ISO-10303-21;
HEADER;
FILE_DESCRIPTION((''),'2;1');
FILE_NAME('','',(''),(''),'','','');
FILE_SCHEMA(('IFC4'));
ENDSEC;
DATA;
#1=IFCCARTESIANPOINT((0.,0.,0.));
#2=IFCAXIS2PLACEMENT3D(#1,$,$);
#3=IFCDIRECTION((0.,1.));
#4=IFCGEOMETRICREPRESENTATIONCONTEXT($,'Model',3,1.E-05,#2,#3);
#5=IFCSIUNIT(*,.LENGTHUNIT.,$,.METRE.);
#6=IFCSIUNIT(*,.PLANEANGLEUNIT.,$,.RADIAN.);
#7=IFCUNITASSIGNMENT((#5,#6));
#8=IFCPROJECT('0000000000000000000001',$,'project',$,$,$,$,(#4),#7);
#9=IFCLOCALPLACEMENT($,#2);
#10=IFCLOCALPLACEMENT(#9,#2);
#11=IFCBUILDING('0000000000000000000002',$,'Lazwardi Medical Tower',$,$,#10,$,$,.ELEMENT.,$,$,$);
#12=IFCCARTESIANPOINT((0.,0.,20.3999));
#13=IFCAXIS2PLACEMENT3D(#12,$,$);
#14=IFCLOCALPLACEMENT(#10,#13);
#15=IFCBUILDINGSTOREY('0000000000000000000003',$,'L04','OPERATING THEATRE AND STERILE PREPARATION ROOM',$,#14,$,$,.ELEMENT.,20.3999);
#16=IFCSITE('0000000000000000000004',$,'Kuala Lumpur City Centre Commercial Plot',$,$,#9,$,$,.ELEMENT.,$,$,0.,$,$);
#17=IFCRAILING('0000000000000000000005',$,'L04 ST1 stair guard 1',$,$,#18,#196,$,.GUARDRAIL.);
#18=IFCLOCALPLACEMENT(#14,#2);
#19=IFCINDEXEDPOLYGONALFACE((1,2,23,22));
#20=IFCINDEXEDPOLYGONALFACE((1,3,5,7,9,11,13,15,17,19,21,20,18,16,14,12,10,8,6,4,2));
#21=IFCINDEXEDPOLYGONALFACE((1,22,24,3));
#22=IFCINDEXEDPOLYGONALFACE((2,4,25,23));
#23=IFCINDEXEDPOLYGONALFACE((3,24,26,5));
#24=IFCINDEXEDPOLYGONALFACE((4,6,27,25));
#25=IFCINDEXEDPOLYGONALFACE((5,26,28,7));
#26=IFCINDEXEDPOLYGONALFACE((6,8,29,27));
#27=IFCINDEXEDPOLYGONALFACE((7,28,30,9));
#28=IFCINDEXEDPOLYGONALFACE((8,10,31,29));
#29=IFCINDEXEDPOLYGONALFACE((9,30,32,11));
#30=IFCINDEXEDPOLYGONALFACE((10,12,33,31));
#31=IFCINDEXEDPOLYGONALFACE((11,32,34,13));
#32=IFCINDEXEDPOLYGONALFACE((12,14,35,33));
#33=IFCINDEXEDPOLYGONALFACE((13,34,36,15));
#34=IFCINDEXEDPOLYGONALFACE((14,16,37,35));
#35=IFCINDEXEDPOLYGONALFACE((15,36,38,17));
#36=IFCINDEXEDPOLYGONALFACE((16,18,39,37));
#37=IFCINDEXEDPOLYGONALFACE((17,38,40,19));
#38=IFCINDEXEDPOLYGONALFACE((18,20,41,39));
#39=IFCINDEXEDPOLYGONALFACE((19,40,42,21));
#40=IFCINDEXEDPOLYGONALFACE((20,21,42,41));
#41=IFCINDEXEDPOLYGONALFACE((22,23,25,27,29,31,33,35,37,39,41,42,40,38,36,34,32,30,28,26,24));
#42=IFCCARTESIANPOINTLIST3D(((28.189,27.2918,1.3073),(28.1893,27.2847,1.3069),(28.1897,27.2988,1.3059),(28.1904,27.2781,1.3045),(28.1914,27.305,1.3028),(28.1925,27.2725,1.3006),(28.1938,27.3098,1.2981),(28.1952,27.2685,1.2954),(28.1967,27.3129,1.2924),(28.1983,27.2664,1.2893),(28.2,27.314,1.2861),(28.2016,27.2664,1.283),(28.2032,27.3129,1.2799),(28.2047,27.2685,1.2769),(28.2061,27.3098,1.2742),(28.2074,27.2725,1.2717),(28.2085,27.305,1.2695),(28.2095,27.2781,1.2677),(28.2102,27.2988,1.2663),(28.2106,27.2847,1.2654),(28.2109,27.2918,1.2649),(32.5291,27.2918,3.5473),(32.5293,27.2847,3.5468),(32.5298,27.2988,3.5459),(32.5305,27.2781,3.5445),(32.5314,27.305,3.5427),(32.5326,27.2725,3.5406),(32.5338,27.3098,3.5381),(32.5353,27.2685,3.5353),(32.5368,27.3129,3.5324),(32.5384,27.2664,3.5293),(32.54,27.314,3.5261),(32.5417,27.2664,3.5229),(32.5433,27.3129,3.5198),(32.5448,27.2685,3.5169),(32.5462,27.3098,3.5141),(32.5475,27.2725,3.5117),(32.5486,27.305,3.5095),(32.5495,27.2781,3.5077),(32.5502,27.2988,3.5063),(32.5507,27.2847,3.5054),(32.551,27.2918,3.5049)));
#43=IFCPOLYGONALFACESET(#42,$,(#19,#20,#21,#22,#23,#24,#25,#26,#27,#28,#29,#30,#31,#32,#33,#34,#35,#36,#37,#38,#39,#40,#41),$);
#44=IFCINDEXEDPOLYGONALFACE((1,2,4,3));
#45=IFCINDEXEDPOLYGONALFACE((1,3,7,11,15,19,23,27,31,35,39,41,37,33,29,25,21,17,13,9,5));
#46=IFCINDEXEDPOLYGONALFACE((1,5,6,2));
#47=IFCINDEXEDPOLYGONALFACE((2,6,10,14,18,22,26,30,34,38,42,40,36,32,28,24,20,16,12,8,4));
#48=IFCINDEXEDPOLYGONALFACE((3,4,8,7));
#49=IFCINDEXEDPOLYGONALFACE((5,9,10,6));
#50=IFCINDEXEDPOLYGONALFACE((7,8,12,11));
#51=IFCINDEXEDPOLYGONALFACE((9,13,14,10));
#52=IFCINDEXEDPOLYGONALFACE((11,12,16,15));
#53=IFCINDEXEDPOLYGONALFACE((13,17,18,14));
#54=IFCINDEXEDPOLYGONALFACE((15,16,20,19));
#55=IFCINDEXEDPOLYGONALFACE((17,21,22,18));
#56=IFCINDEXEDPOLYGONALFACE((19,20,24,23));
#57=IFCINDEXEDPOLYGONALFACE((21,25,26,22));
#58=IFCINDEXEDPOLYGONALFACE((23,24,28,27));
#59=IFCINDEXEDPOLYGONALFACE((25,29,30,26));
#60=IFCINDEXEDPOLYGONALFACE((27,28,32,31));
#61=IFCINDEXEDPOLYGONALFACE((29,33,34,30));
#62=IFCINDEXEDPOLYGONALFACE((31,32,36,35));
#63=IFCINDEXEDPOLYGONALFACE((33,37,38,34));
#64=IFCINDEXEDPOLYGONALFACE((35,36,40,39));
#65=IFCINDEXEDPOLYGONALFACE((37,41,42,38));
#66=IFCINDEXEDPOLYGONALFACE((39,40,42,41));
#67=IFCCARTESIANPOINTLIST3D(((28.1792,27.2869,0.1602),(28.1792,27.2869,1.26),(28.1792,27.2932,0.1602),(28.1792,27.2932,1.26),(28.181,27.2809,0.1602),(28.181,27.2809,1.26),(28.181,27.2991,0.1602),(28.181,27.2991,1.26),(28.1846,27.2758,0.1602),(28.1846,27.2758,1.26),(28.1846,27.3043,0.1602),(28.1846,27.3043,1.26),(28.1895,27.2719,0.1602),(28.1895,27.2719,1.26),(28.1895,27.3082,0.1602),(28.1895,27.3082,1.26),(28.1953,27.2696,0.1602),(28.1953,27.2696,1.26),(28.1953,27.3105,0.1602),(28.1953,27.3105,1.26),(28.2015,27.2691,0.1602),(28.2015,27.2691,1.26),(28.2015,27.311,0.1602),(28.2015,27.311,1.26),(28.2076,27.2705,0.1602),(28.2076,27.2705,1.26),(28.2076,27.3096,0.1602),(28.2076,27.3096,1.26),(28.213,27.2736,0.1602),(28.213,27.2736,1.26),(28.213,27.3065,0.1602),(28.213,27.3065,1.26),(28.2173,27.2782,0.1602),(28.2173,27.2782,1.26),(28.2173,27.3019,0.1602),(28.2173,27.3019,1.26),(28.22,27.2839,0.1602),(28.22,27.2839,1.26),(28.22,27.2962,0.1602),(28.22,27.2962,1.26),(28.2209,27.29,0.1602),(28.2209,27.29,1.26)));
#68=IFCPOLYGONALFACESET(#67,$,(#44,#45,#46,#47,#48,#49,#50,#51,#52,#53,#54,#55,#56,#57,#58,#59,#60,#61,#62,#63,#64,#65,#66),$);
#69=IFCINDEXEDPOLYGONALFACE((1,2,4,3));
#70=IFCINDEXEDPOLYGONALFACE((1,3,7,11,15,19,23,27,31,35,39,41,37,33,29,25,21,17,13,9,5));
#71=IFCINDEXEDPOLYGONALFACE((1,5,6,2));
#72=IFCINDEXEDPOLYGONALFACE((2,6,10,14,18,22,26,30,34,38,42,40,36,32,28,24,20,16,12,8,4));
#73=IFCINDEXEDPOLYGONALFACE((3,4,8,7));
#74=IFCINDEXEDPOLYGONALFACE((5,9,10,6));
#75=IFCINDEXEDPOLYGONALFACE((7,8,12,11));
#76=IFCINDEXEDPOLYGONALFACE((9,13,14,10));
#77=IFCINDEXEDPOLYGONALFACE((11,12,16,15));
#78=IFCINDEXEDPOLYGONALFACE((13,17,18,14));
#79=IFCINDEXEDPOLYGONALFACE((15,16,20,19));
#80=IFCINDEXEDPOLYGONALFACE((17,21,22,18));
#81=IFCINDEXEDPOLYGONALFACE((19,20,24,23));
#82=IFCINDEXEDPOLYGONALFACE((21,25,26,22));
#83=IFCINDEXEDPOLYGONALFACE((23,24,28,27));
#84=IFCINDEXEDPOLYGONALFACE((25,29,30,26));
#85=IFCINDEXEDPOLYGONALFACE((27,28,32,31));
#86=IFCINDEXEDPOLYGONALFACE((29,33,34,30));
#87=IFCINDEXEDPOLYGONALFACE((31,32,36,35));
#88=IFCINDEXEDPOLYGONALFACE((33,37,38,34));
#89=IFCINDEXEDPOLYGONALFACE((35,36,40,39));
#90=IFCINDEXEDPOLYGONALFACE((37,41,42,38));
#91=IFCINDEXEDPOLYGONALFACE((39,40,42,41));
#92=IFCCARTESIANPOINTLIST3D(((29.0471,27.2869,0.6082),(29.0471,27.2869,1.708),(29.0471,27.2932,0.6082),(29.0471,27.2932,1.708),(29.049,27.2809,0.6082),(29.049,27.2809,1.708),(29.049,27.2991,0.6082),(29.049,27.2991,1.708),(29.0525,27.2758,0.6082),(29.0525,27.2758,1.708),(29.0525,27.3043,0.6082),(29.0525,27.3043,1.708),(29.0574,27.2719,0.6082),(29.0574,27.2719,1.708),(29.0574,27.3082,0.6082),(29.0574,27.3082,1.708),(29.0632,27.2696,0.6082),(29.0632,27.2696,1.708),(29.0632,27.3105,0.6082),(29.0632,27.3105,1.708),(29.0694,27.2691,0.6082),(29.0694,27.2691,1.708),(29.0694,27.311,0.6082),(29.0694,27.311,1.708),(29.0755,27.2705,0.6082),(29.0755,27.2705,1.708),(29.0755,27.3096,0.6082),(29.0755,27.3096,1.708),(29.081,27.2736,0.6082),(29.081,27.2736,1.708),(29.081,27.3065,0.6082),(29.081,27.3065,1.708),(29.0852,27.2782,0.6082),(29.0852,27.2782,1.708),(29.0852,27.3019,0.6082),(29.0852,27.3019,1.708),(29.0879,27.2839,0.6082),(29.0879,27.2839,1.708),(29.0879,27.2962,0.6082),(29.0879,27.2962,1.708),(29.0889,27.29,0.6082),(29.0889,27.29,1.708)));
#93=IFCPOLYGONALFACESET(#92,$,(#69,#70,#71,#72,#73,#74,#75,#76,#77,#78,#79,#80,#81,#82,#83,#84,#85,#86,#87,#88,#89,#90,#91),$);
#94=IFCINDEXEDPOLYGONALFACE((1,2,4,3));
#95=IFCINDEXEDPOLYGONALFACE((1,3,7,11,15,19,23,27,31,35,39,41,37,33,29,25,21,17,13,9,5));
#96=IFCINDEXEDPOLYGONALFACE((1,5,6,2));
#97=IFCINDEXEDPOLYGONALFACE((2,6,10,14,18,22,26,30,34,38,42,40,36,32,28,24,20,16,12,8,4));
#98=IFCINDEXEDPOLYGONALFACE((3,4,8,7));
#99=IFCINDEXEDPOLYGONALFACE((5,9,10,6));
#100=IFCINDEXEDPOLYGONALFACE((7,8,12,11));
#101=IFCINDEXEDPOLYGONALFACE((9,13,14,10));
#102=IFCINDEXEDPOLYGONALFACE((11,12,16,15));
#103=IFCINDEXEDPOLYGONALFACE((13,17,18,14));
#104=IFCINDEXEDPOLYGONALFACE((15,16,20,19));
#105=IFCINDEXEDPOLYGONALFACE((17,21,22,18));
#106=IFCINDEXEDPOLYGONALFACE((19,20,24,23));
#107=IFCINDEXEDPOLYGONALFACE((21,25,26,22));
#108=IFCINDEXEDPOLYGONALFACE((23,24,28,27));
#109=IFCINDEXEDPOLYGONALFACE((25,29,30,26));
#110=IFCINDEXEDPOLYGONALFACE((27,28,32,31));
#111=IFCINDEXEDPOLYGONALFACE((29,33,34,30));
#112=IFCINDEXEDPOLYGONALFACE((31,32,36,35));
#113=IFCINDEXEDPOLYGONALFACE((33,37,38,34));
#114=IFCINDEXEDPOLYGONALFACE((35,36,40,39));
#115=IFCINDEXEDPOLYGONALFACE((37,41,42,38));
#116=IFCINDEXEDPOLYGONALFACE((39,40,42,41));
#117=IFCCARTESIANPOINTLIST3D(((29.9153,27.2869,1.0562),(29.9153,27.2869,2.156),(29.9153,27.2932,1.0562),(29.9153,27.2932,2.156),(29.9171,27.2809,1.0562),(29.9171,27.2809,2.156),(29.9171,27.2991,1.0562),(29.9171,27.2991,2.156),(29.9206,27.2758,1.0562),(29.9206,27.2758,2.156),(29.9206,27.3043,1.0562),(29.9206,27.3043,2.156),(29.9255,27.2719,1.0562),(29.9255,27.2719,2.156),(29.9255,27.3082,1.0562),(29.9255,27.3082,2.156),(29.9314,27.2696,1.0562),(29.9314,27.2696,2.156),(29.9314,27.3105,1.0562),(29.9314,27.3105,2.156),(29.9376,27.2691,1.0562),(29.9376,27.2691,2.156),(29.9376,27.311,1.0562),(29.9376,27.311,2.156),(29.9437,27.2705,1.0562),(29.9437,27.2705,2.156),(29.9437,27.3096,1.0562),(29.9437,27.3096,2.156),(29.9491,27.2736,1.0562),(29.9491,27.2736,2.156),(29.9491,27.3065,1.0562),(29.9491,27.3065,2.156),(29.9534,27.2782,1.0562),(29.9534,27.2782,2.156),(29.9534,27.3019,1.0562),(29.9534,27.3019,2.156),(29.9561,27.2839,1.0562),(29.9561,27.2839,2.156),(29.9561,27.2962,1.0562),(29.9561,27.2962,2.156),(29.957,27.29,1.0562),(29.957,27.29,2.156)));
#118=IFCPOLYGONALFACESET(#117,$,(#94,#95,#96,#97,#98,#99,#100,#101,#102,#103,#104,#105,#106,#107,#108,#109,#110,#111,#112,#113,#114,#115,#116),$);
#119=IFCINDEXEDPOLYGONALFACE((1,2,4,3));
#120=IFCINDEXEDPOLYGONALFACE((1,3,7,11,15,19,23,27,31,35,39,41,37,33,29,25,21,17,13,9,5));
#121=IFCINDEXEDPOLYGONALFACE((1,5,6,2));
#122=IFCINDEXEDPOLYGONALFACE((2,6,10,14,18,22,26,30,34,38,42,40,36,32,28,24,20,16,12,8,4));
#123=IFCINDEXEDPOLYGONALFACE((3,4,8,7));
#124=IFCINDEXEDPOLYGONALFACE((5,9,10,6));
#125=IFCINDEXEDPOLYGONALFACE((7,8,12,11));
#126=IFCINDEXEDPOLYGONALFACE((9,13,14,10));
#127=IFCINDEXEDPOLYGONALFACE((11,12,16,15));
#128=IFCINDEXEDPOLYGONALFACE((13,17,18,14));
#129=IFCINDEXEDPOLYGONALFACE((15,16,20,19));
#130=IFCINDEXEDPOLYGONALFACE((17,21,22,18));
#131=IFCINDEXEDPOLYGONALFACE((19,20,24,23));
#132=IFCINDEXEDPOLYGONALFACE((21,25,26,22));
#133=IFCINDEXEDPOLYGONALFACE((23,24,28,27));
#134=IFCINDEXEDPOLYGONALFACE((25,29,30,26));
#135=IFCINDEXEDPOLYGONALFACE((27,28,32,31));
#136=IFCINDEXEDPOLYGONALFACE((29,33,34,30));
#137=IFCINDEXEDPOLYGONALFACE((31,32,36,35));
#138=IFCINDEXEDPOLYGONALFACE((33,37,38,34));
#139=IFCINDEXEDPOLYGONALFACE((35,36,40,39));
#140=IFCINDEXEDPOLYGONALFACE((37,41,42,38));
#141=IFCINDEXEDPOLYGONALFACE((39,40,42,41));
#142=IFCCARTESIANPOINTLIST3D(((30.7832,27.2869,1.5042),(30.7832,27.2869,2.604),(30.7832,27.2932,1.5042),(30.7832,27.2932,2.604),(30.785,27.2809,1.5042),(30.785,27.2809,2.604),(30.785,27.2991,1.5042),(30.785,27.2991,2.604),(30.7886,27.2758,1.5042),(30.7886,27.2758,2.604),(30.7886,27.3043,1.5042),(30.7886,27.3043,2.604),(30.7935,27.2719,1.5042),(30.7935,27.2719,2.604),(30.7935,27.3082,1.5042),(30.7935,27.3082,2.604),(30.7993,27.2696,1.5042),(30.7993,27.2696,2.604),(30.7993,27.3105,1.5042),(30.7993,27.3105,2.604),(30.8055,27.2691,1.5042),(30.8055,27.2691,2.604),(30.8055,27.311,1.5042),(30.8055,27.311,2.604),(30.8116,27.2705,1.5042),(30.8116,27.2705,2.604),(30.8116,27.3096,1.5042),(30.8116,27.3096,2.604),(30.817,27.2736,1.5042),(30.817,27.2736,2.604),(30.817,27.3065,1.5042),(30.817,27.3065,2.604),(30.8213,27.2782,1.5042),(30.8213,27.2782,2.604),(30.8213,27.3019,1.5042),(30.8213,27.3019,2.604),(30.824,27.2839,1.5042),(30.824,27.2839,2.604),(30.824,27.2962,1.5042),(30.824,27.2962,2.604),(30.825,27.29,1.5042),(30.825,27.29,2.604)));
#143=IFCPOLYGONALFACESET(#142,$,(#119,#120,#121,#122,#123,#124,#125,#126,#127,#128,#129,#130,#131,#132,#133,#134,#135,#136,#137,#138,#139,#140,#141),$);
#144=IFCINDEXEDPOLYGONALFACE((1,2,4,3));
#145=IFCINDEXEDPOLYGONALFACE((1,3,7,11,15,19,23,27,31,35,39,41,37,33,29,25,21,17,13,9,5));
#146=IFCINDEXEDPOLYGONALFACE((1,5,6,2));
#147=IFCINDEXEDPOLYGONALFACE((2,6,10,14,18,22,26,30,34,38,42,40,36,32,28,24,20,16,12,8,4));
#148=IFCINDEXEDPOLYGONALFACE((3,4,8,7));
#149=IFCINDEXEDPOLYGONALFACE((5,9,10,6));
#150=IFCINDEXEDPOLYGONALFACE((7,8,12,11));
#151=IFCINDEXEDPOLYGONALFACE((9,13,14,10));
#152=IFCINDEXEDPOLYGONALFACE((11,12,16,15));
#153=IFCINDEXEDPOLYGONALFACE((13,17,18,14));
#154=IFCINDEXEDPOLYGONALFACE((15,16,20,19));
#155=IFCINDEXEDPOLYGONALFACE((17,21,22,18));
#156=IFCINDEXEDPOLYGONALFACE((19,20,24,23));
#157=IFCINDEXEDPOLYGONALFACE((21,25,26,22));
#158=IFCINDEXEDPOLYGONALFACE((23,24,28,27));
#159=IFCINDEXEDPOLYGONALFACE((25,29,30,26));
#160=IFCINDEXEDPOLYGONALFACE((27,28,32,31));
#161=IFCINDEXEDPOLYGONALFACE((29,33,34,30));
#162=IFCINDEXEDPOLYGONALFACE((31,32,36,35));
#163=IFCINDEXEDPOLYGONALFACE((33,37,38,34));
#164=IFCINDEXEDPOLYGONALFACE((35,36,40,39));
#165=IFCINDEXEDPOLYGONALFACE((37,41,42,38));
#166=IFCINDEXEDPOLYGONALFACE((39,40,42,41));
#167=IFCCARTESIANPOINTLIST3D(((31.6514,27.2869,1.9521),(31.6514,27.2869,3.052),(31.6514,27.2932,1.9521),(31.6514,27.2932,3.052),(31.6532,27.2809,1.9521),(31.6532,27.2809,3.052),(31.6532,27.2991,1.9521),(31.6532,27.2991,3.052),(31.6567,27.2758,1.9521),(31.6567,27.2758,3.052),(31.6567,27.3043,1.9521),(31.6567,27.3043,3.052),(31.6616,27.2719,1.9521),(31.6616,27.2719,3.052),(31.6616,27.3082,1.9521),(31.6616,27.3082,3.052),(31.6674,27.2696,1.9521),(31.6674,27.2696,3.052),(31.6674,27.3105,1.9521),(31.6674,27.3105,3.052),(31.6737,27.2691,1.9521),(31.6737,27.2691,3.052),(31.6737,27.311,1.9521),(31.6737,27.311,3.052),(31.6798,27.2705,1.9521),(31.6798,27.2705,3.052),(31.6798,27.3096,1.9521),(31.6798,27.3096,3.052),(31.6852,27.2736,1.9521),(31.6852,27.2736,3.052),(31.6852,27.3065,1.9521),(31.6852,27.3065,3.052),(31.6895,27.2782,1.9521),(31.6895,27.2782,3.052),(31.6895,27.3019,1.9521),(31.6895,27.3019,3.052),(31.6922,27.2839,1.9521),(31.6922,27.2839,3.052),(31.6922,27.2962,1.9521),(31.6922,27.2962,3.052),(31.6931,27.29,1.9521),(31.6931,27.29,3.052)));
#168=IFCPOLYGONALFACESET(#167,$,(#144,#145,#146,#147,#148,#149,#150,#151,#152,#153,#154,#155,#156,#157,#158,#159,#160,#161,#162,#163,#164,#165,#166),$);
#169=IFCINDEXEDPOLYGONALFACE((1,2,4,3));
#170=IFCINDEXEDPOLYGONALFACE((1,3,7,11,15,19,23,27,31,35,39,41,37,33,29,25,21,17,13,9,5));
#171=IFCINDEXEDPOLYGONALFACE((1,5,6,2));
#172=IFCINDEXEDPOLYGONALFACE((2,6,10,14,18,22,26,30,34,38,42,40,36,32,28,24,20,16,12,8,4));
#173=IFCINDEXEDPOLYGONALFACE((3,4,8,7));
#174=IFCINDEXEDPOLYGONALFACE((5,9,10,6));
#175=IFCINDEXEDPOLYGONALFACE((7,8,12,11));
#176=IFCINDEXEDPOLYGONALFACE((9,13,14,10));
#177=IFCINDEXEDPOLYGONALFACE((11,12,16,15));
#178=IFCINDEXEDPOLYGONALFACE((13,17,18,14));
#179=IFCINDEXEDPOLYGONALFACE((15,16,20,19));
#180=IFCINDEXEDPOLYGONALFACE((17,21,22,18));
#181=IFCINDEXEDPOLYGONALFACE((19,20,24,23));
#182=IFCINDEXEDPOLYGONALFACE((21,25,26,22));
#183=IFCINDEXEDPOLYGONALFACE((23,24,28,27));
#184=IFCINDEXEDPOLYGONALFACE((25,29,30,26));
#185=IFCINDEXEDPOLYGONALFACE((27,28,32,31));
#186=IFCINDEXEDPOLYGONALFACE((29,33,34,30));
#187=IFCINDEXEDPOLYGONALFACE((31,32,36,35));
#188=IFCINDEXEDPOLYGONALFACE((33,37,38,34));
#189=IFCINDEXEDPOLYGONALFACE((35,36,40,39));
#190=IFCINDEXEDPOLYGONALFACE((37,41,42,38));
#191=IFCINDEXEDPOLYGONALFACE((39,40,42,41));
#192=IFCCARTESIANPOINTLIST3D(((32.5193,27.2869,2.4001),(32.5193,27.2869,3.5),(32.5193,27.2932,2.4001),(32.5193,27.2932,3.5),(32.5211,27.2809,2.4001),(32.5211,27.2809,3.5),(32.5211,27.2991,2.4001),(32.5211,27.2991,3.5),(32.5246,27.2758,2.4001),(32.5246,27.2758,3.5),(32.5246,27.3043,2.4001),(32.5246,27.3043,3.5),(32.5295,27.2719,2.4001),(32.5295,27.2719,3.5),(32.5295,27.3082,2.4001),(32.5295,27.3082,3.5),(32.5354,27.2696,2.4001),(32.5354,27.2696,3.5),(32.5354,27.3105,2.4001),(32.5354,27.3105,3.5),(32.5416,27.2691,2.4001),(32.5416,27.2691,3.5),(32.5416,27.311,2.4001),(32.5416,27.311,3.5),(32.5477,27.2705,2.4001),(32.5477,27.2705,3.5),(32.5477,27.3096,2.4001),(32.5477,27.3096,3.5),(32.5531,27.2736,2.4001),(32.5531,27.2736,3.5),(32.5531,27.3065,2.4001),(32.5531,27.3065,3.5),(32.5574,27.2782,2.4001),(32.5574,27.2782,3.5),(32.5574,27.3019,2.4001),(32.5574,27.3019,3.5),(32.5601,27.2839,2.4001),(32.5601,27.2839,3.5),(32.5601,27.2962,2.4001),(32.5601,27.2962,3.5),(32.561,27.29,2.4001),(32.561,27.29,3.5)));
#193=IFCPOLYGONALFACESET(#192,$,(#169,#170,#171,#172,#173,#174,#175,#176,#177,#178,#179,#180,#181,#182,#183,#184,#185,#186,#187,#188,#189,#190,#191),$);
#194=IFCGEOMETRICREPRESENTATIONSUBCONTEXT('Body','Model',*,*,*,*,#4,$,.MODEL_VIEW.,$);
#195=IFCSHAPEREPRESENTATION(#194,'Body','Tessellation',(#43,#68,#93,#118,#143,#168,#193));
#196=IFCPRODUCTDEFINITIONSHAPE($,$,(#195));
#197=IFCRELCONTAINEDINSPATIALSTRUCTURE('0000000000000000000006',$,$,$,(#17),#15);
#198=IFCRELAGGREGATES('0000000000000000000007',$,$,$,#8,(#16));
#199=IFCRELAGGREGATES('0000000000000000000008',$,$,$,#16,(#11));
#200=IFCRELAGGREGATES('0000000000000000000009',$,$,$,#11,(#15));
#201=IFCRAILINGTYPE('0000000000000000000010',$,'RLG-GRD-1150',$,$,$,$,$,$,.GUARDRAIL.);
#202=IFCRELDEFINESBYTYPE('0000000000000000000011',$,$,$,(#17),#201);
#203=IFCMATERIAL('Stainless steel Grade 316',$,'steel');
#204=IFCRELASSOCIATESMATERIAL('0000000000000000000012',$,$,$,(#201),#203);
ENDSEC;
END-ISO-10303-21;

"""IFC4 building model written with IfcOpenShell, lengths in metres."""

from ifc_helpers import new_model, si_unit, direction, frame, origin, origin_2d, place, context, subcontext, project, spatial, circle, extrude, material, type_object, element, save


model = new_model("IFC4")

# Units and contexts
model_context = context("Model", 3, precision=1e-05, world=origin(), true_north=direction((0.0, 1.0)))
body_context = subcontext(model_context, "Body", "Model", "MODEL_VIEW")
ifc_project = project(units=[si_unit("LENGTHUNIT", "METRE"), si_unit("PLANEANGLEUNIT", "RADIAN")], contexts=[model_context])

# Site, building, storey
site_placement = place(None, origin())
site = spatial("IfcSite", under=ifc_project, at=site_placement, Name="Kuala Lumpur City Centre Commercial Plot", CompositionType="ELEMENT", RefElevation=0.0)
building_placement = place(site_placement, origin())
building = spatial("IfcBuilding", under=site, at=building_placement, Name="Lazwardi Medical Tower", CompositionType="ELEMENT")
storey_placement = place(building_placement, frame((0.0, 0.0, 20.3999)))
storey = spatial("IfcBuildingStorey", under=building, at=storey_placement, Name="L04", Description="OPERATING THEATRE AND STERILE PREPARATION ROOM", CompositionType="ELEMENT", Elevation=20.3999)

# Railing
ifc_material_1 = material(Name="Stainless steel Grade 316", Category="steel")
railing_type_1 = type_object("IfcRailingType", Name="RLG-GRD-1150", PredefinedType="GUARDRAIL", material=ifc_material_1)
railing_1_placement = place(storey_placement, frame((28.2, 27.29, 0.1602)))
element("IfcRailing", 1, at=railing_1_placement, inside=storey, type_object=railing_type_1, Name="L04 ST1 stair guard 1", PredefinedType="GUARDRAIL", context=body_context, shape_type="SweptSolid", body=[
    extrude(circle(Radius=0.0239, at=origin_2d()), frame((0.0, 0.0, 1.126), z_axis=(0.888625, 0.0, 0.458634), x_axis=(0.0, 1.0, 0.0)), (0.0, 0.0, 1.0), 4.884),
    extrude(circle(Radius=0.021, at=origin_2d()), origin(), (0.0, 0.0, 1.0), 1.0999),
    extrude(circle(Radius=0.021, at=origin_2d()), frame((0.8679, 0.0, 0.448)), (0.0, 0.0, 1.0), 1.0999),
    extrude(circle(Radius=0.021, at=origin_2d()), frame((1.7361, 0.0, 0.896)), (0.0, 0.0, 1.0), 1.0999),
    extrude(circle(Radius=0.021, at=origin_2d()), frame((2.604, 0.0, 1.344)), (0.0, 0.0, 1.0), 1.0999),
    extrude(circle(Radius=0.021, at=origin_2d()), frame((3.4722, 0.0, 1.792)), (0.0, 0.0, 1.0), 1.0999),
    extrude(circle(Radius=0.021, at=origin_2d()), frame((4.3401, 0.0, 2.24)), (0.0, 0.0, 1.0), 1.0999),
])

save(model, "model.ifc")
